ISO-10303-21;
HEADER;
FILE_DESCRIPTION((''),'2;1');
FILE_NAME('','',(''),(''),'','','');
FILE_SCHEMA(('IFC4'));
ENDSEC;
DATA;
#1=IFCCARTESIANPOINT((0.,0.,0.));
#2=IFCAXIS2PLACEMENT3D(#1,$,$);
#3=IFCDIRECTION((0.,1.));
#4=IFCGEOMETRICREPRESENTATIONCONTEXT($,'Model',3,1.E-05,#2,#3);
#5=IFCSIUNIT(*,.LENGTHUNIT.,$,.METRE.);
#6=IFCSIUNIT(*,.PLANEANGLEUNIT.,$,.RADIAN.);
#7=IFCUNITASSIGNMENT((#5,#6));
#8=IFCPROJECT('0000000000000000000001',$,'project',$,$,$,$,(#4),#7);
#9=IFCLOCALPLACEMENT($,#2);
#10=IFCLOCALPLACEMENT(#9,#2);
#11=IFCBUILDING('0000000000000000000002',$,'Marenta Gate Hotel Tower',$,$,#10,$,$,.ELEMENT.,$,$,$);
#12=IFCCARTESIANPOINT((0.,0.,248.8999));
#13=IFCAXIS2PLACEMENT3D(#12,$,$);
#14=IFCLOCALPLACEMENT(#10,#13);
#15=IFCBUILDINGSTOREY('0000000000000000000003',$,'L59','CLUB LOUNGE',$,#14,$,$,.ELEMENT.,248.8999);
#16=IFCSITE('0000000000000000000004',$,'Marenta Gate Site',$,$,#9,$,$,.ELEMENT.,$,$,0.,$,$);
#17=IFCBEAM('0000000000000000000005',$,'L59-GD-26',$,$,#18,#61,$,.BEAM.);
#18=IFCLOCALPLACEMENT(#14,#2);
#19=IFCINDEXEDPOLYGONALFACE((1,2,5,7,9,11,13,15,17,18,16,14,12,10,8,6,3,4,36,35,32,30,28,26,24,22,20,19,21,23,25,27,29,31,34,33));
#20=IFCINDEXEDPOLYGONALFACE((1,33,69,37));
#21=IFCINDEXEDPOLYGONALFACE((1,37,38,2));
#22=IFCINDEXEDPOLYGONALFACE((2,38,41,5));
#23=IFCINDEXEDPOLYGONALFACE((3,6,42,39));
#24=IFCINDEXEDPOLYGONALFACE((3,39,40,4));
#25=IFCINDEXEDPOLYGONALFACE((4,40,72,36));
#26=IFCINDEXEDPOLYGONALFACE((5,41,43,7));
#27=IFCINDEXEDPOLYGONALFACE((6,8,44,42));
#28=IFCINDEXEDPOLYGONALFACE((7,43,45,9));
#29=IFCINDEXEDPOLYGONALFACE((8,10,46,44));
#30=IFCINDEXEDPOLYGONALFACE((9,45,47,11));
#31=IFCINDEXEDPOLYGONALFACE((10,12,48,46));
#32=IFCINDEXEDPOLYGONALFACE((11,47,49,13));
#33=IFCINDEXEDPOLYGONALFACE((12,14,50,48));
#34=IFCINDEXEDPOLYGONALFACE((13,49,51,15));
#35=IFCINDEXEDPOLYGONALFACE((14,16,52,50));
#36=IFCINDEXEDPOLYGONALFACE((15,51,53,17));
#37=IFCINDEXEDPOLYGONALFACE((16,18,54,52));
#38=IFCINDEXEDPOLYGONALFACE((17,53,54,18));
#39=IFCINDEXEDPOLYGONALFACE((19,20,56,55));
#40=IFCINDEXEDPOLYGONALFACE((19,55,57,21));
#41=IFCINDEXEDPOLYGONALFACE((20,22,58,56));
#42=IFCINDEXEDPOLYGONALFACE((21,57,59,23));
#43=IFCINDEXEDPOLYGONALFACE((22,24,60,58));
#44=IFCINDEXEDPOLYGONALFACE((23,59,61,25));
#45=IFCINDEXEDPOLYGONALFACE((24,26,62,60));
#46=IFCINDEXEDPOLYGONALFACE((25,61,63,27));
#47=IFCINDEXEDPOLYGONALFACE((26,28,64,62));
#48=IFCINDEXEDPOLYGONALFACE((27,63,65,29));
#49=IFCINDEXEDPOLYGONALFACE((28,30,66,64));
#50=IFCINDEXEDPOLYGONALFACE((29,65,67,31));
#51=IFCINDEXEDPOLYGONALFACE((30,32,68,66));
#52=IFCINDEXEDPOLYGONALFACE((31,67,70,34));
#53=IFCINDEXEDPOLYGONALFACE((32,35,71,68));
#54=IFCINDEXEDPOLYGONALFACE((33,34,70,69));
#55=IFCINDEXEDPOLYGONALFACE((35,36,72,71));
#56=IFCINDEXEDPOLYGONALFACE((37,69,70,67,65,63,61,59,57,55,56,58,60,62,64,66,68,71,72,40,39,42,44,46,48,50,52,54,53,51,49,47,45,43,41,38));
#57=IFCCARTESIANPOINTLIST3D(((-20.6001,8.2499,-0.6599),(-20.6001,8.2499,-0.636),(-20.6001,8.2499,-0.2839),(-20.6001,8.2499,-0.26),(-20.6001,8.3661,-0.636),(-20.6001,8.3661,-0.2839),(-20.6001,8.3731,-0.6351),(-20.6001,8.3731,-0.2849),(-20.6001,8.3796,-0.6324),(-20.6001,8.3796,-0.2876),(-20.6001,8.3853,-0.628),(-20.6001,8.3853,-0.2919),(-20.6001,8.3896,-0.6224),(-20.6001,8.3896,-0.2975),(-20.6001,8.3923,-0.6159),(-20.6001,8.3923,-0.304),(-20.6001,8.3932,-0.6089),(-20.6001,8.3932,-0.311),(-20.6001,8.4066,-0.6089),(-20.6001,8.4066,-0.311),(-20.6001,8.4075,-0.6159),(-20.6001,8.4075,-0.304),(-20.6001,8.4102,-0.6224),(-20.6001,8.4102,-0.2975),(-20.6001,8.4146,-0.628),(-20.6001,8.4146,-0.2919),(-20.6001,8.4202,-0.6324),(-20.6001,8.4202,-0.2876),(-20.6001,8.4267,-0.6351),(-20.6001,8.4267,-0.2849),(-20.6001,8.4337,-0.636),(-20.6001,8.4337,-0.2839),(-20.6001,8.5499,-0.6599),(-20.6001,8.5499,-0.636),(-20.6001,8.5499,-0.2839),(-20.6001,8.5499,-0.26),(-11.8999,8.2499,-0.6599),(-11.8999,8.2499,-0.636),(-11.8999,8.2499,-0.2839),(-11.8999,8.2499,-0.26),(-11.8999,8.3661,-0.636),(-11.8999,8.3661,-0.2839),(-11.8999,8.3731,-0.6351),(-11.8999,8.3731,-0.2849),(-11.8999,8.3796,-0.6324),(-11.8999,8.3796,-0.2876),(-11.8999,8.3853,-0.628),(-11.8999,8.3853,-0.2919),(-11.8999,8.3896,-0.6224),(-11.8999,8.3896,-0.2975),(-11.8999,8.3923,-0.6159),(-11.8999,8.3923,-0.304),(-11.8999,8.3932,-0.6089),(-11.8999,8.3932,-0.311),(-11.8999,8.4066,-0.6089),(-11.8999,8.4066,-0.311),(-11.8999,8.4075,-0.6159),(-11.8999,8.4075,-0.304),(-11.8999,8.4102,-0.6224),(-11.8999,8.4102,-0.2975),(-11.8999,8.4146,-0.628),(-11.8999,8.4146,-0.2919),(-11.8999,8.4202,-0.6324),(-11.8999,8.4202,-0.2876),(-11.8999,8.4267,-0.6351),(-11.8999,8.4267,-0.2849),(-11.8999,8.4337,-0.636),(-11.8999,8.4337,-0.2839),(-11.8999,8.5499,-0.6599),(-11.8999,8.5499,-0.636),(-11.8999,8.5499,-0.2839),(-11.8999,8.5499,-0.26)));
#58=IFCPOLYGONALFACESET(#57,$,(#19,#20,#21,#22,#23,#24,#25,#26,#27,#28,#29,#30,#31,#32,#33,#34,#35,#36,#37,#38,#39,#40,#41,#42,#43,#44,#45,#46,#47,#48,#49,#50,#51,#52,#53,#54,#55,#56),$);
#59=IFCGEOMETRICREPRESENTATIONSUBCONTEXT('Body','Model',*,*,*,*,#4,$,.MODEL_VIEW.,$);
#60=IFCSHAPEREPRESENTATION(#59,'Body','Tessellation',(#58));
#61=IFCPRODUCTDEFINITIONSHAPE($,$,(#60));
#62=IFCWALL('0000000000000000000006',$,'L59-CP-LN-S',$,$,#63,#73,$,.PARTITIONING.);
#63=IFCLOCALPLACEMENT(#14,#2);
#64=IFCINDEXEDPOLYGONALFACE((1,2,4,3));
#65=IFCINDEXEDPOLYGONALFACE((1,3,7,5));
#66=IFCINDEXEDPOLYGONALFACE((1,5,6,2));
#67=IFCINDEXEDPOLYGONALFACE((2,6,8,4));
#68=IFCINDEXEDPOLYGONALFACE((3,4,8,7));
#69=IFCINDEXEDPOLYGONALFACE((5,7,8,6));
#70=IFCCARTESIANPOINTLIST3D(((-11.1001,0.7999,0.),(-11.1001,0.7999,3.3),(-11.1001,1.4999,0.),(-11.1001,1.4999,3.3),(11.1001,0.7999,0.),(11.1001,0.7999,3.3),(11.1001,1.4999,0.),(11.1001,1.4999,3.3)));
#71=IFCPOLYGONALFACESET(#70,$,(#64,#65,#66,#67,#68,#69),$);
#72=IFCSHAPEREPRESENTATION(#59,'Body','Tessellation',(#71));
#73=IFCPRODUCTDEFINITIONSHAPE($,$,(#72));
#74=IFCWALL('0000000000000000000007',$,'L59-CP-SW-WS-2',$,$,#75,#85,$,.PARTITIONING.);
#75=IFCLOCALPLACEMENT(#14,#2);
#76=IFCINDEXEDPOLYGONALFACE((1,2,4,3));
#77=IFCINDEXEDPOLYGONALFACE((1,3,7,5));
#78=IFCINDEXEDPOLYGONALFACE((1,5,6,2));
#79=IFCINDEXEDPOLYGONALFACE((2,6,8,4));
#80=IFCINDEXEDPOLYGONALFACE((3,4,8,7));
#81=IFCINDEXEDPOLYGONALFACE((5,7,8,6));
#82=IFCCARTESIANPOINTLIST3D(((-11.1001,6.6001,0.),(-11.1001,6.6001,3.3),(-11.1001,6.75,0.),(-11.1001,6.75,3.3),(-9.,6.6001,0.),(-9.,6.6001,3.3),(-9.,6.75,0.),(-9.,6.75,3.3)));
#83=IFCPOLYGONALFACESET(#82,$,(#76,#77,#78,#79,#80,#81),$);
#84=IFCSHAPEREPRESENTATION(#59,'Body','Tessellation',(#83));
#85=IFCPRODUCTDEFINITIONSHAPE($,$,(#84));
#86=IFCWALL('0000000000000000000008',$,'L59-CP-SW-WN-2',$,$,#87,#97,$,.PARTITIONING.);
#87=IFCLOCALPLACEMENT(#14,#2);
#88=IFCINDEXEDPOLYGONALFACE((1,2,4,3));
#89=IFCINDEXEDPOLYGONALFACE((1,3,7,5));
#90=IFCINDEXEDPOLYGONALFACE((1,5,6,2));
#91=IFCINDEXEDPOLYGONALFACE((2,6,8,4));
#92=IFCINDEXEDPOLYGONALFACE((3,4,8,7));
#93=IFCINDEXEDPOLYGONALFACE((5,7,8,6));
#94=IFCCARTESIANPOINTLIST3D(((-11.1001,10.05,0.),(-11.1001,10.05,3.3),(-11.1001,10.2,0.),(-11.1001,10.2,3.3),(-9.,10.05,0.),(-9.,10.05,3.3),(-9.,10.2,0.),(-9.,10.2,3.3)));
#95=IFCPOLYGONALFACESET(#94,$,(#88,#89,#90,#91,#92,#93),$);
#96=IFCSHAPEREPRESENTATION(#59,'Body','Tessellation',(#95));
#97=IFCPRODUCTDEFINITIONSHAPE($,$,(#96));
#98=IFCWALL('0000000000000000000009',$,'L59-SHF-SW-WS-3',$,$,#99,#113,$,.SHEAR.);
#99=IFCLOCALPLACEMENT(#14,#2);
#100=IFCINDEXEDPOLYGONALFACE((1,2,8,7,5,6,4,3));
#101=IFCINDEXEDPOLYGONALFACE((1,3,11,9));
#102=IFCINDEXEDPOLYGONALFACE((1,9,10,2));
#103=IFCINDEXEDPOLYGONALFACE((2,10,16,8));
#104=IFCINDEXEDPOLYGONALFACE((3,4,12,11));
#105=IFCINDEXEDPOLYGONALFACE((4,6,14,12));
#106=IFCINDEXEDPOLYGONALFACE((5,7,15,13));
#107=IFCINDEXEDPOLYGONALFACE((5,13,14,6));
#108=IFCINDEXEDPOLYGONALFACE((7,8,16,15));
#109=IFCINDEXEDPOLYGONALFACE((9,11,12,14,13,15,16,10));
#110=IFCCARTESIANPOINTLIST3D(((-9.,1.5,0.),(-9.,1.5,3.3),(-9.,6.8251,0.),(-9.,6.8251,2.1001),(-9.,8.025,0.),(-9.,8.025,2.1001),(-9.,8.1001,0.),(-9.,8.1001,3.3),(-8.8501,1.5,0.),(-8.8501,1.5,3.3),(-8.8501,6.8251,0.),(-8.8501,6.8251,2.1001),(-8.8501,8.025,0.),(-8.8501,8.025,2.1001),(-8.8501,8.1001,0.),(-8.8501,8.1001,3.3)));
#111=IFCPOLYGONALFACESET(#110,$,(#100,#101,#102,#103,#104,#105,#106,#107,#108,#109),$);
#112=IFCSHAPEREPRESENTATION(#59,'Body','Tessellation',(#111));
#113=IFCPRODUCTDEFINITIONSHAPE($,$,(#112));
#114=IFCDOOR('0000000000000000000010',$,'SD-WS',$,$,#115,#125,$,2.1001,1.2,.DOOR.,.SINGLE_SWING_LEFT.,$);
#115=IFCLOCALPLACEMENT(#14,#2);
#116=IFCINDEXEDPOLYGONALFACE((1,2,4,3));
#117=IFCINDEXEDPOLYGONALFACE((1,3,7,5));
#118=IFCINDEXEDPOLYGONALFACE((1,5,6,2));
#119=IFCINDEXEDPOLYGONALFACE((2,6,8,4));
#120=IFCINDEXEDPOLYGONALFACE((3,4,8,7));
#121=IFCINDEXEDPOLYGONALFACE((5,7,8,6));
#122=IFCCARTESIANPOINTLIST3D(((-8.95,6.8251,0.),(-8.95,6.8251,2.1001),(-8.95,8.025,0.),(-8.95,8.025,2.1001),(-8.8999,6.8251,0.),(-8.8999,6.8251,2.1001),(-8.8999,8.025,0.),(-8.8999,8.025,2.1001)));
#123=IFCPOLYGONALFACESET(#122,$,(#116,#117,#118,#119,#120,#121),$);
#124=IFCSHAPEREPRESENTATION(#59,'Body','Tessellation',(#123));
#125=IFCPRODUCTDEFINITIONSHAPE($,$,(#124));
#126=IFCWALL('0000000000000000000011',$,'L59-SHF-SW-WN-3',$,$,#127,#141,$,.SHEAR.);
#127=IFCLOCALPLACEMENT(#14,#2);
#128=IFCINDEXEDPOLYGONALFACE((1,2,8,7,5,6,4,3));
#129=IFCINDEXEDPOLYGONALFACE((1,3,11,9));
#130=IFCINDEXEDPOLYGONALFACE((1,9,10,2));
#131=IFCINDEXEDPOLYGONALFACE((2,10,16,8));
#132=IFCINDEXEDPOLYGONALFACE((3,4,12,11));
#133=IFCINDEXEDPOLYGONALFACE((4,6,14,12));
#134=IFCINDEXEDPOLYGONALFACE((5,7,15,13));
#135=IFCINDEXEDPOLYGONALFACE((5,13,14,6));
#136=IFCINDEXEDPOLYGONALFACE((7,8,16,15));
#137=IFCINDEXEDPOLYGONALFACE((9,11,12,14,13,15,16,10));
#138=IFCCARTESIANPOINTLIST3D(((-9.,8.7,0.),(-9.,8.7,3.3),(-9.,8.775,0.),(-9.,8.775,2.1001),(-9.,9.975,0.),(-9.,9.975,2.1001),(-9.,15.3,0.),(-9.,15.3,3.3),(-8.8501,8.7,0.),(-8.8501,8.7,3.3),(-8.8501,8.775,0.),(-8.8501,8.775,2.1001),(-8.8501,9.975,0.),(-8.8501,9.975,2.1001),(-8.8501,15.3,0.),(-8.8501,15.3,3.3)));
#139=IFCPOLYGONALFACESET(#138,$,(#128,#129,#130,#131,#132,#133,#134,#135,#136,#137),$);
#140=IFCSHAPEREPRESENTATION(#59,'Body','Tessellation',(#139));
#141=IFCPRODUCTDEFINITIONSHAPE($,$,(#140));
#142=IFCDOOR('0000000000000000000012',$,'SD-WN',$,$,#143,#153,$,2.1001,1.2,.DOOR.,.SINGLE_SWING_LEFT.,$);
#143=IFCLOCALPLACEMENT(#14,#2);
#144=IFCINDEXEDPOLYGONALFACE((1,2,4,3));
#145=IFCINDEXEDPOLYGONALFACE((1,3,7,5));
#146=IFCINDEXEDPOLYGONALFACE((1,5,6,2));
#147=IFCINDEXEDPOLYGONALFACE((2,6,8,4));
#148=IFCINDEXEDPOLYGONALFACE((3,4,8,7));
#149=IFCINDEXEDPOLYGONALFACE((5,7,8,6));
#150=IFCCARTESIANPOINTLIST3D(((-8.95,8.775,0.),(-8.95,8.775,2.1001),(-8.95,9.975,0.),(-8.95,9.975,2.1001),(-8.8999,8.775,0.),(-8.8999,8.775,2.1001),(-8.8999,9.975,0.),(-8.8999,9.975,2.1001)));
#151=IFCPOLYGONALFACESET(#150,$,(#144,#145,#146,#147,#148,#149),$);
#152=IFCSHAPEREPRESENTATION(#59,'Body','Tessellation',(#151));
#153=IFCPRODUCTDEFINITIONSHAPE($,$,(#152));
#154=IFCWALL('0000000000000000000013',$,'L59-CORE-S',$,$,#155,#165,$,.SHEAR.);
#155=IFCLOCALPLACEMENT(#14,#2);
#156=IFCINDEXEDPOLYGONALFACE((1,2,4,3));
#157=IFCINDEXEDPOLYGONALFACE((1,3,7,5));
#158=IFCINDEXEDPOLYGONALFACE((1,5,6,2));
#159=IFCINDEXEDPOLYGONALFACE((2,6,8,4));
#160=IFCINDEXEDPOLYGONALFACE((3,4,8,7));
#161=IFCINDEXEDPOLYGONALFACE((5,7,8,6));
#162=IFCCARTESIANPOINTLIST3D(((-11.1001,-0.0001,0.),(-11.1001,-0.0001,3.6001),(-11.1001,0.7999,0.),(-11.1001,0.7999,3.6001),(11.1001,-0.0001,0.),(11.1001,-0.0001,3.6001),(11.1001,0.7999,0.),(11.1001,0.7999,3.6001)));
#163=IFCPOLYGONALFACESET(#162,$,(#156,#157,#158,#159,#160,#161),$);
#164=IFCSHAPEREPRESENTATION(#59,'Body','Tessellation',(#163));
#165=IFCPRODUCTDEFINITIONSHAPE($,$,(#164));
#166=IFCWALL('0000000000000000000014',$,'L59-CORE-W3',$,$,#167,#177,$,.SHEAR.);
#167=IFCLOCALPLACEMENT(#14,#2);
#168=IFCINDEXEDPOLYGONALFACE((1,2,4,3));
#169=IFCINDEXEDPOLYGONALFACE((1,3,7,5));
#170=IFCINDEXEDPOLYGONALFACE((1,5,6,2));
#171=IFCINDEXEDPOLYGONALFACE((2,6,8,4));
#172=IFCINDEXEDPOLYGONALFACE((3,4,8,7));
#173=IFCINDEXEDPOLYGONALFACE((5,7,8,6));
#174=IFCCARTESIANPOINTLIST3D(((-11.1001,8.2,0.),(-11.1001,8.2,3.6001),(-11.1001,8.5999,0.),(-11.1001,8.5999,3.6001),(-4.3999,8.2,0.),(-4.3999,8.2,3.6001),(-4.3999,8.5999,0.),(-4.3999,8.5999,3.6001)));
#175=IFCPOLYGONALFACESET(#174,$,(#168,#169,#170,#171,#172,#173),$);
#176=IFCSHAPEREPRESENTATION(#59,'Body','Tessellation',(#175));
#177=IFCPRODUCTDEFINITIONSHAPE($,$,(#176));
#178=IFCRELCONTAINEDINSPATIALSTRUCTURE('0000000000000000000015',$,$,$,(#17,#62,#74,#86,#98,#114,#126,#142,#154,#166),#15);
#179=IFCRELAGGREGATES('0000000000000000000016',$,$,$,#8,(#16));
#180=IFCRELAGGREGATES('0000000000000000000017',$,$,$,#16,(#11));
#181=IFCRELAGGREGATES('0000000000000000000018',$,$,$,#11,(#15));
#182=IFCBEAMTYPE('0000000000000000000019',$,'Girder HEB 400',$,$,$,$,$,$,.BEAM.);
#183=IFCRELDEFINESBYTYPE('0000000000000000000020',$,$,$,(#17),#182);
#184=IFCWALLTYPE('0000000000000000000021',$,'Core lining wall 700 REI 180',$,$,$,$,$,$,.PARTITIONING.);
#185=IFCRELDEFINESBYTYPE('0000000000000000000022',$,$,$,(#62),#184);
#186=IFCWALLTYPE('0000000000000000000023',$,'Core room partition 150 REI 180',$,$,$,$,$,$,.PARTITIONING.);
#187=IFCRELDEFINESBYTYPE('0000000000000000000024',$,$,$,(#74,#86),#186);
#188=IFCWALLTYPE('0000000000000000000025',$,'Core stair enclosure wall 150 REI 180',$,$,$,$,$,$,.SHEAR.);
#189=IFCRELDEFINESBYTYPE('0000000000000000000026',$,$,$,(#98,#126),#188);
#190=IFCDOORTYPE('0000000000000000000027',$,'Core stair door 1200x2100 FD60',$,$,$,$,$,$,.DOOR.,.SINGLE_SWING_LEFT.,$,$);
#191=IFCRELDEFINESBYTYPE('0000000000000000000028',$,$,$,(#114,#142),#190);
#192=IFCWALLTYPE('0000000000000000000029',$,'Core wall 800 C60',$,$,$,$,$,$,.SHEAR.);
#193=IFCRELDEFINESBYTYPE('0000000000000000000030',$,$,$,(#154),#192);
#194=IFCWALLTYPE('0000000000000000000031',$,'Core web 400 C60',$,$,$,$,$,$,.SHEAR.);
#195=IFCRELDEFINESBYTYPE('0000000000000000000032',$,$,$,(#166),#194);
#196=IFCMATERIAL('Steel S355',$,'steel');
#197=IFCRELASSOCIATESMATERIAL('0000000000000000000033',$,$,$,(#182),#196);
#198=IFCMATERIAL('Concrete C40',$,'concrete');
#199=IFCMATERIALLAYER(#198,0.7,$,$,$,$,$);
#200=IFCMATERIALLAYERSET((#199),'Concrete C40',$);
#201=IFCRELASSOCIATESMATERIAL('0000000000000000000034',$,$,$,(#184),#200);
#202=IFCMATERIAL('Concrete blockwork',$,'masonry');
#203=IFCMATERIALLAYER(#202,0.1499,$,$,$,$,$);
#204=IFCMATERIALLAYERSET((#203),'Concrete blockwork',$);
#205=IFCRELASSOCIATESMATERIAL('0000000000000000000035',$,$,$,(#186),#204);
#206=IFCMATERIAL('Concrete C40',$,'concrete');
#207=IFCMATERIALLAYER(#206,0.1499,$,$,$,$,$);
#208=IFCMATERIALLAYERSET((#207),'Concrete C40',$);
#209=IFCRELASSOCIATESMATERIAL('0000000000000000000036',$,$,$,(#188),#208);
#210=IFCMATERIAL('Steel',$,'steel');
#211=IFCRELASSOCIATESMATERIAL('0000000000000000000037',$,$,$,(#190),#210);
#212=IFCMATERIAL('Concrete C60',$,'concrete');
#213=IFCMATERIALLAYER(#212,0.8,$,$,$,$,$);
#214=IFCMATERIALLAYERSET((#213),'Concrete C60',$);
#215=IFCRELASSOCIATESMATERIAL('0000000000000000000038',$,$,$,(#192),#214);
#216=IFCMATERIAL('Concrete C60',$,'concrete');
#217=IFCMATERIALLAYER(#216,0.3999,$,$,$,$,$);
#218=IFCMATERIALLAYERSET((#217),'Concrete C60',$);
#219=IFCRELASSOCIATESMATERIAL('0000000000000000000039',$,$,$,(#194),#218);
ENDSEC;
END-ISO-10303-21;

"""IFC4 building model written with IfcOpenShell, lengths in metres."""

from ifc_helpers import new_model, si_unit, direction, frame, frame_2d, origin, origin_2d, place, context, subcontext, project, spatial, rectangle, i_section, extrude, material, layer, layer_set, material_profile, profile_set, type_object, element, fill, save


model = new_model("IFC4")

# Units and contexts
model_context = context("Model", 3, precision=1e-05, world=origin(), true_north=direction((0.0, 1.0)))
body_context = subcontext(model_context, "Body", "Model", "MODEL_VIEW")
ifc_project = project(units=[si_unit("LENGTHUNIT", "METRE"), si_unit("PLANEANGLEUNIT", "RADIAN")], contexts=[model_context])

# Site, building, storey
site_placement = place(None, origin())
site = spatial("IfcSite", under=ifc_project, at=site_placement, Name="Marenta Gate Site", CompositionType="ELEMENT", RefElevation=0.0)
building_placement = place(site_placement, origin())
building = spatial("IfcBuilding", under=site, at=building_placement, Name="Marenta Gate Hotel Tower", CompositionType="ELEMENT")
storey_placement = place(building_placement, frame((0.0, 0.0, 248.8999)))
storey = spatial("IfcBuildingStorey", under=building, at=storey_placement, Name="L59", Description="CLUB LOUNGE", CompositionType="ELEMENT", Elevation=248.8999)

# Beam
ifc_material_1 = material(Name="Steel S355", Category="steel")
ifc_material_profile = material_profile(ifc_material_1, i_section(OverallWidth=0.3, OverallDepth=0.3999, WebThickness=0.0134, FlangeThickness=0.0239, FilletRadius=0.0271, at=origin_2d()), Name="HEB 400")
ifc_profile_set = profile_set([ifc_material_profile], Name="Steel S355")
beam_type = type_object("IfcBeamType", Name="Girder HEB 400", PredefinedType="BEAM", material=ifc_profile_set)
beam_placement = place(storey_placement, frame((-20.6001, 8.3999, -0.46), z_axis=(1.0, 0.0, 0.0), x_axis=(0.0, 1.0, 0.0)))
element("IfcBeam", 1, at=beam_placement, inside=storey, type_object=beam_type, Name="L59-GD-26", PredefinedType="BEAM", context=body_context, shape_type="SweptSolid", body=[
    extrude(i_section(OverallWidth=0.3, OverallDepth=0.3999, WebThickness=0.0134, FlangeThickness=0.0239, FilletRadius=0.0271, at=origin_2d()), origin(), (0.0, 0.0, 1.0), 8.7002),
])

# Walls
ifc_material_2 = material(Name="Concrete C40", Category="concrete")
ifc_layer_1 = layer(ifc_material_2, 0.7)
ifc_layer_set_1 = layer_set([ifc_layer_1], Name="Concrete C40")
wall_type_1 = type_object("IfcWallType", Name="Core lining wall 700 REI 180", PredefinedType="PARTITIONING", material=ifc_layer_set_1)
wall_1_placement = place(storey_placement, frame((-11.1001, 1.1499, 0.0), z_axis=(0.0, 0.0, 1.0), x_axis=(1.0, 0.0, 0.0)))
element("IfcWall", 2, at=wall_1_placement, inside=storey, type_object=wall_type_1, Name="L59-CP-LN-S", PredefinedType="PARTITIONING", context=body_context, shape_type="SweptSolid", body=[
    extrude(rectangle(XDim=22.2002, YDim=0.7, at=frame_2d((11.1001, 0.0))), origin(), (0.0, 0.0, 1.0), 3.3),
])
ifc_material_3 = material(Name="Concrete blockwork", Category="masonry")
ifc_layer_2 = layer(ifc_material_3, 0.1499)
ifc_layer_set_2 = layer_set([ifc_layer_2], Name="Concrete blockwork")
wall_type_2 = type_object("IfcWallType", Name="Core room partition 150 REI 180", PredefinedType="PARTITIONING", material=ifc_layer_set_2)
for number, where, z_axis, x_axis, name in (
    (3, (-11.1001, 6.675, 0.0), (0.0, 0.0, 1.0), (1.0, 0.0, 0.0), "L59-CP-SW-WS-2"),
    (4, (-11.1001, 10.125, 0.0), (0.0, 0.0, 1.0), (1.0, 0.0, 0.0), "L59-CP-SW-WN-2"),
):
    element("IfcWall", number, at=place(storey_placement, frame(where, z_axis=z_axis, x_axis=x_axis)), inside=storey, type_object=wall_type_2, Name=name, PredefinedType="PARTITIONING", context=body_context, shape_type="SweptSolid", body=[
        extrude(rectangle(XDim=2.1001, YDim=0.1499, at=frame_2d((1.05, 0.0))), origin(), (0.0, 0.0, 1.0), 3.3),
    ])

# Walls, openings, doors
ifc_material_4 = material(Name="Concrete C40", Category="concrete")
ifc_layer_3 = layer(ifc_material_4, 0.1499)
ifc_layer_set_3 = layer_set([ifc_layer_3], Name="Concrete C40")
wall_type_3 = type_object("IfcWallType", Name="Core stair enclosure wall 150 REI 180", PredefinedType="SHEAR", material=ifc_layer_set_3)
wall_2_placement = place(storey_placement, frame((-8.925, 1.5, 0.0), z_axis=(0.0, 0.0, 1.0), x_axis=(0.0, 1.0, 0.0)))
wall_2 = element("IfcWall", 5, at=wall_2_placement, inside=storey, type_object=wall_type_3, Name="L59-SHF-SW-WS-3", PredefinedType="SHEAR", context=body_context, shape_type="SweptSolid", body=[
    extrude(rectangle(XDim=6.6001, YDim=0.1499, at=frame_2d((3.3, 0.0))), origin(), (0.0, 0.0, 1.0), 3.3),
])
opening_1_placement = place(wall_2_placement, frame((5.325, 0.0, 0.0)))
opening_1 = element("IfcOpeningElement", 6, at=opening_1_placement, cuts=wall_2, PredefinedType="OPENING", context=body_context, shape_type="SweptSolid", body=[
    extrude(rectangle(XDim=1.2, YDim=2.1001, at=frame_2d((0.6001, 1.05))), frame((0.0, 0.075, 0.0), z_axis=(0.0, -1.0, 0.0), x_axis=(1.0, 0.0, 0.0)), (0.0, 0.0, 1.0), 0.1499),
])
ifc_material_5 = material(Name="Steel", Category="steel")
door_type = type_object("IfcDoorType", Name="Core stair door 1200x2100 FD60", OperationType="SINGLE_SWING_LEFT", PredefinedType="DOOR", material=ifc_material_5)
door_1_placement = place(opening_1_placement, origin())
door_1 = element("IfcDoor", 7, at=door_1_placement, inside=storey, type_object=door_type, Name="SD-WS", OperationType="SINGLE_SWING_LEFT", OverallHeight=2.1001, OverallWidth=1.2, PredefinedType="DOOR", context=body_context, shape_type="SweptSolid", body=[
    extrude(rectangle(XDim=1.2, YDim=2.1001, at=frame_2d((0.6001, 1.05))), frame((0.0, 0.0249, 0.0), z_axis=(0.0, -1.0, 0.0), x_axis=(1.0, 0.0, 0.0)), (0.0, 0.0, 1.0), 0.05),
])
fill(opening_1, door_1)
wall_3_placement = place(storey_placement, frame((-8.925, 8.7, 0.0), z_axis=(0.0, 0.0, 1.0), x_axis=(0.0, 1.0, 0.0)))
wall_3 = element("IfcWall", 8, at=wall_3_placement, inside=storey, type_object=wall_type_3, Name="L59-SHF-SW-WN-3", PredefinedType="SHEAR", context=body_context, shape_type="SweptSolid", body=[
    extrude(rectangle(XDim=6.6001, YDim=0.1499, at=frame_2d((3.3, 0.0))), origin(), (0.0, 0.0, 1.0), 3.3),
])
opening_2_placement = place(wall_3_placement, frame((0.075, 0.0, 0.0)))
opening_2 = element("IfcOpeningElement", 9, at=opening_2_placement, cuts=wall_3, PredefinedType="OPENING", context=body_context, shape_type="SweptSolid", body=[
    extrude(rectangle(XDim=1.2, YDim=2.1001, at=frame_2d((0.6001, 1.05))), frame((0.0, 0.075, 0.0), z_axis=(0.0, -1.0, 0.0), x_axis=(1.0, 0.0, 0.0)), (0.0, 0.0, 1.0), 0.1499),
])
door_2_placement = place(opening_2_placement, origin())
door_2 = element("IfcDoor", 10, at=door_2_placement, inside=storey, type_object=door_type, Name="SD-WN", OperationType="SINGLE_SWING_LEFT", OverallHeight=2.1001, OverallWidth=1.2, PredefinedType="DOOR", context=body_context, shape_type="SweptSolid", body=[
    extrude(rectangle(XDim=1.2, YDim=2.1001, at=frame_2d((0.6001, 1.05))), frame((0.0, 0.0249, 0.0), z_axis=(0.0, -1.0, 0.0), x_axis=(1.0, 0.0, 0.0)), (0.0, 0.0, 1.0), 0.05),
])
fill(opening_2, door_2)

# Walls
ifc_material_6 = material(Name="Concrete C60", Category="concrete")
ifc_layer_4 = layer(ifc_material_6, 0.8)
ifc_layer_set_4 = layer_set([ifc_layer_4], Name="Concrete C60")
wall_type_4 = type_object("IfcWallType", Name="Core wall 800 C60", PredefinedType="SHEAR", material=ifc_layer_set_4)
wall_4_placement = place(storey_placement, frame((-11.1001, 0.3999, 0.0), z_axis=(0.0, 0.0, 1.0), x_axis=(1.0, 0.0, 0.0)))
element("IfcWall", 11, at=wall_4_placement, inside=storey, type_object=wall_type_4, Name="L59-CORE-S", PredefinedType="SHEAR", context=body_context, shape_type="SweptSolid", body=[
    extrude(rectangle(XDim=22.2002, YDim=0.8, at=frame_2d((11.1001, 0.0))), origin(), (0.0, 0.0, 1.0), 3.6001),
])
ifc_material_7 = material(Name="Concrete C60", Category="concrete")
ifc_layer_5 = layer(ifc_material_7, 0.3999)
ifc_layer_set_5 = layer_set([ifc_layer_5], Name="Concrete C60")
wall_type_5 = type_object("IfcWallType", Name="Core web 400 C60", PredefinedType="SHEAR", material=ifc_layer_set_5)
wall_5_placement = place(storey_placement, frame((-11.1001, 8.3999, 0.0), z_axis=(0.0, 0.0, 1.0), x_axis=(1.0, 0.0, 0.0)))
element("IfcWall", 12, at=wall_5_placement, inside=storey, type_object=wall_type_5, Name="L59-CORE-W3", PredefinedType="SHEAR", context=body_context, shape_type="SweptSolid", body=[
    extrude(rectangle(XDim=6.7002, YDim=0.3999, at=frame_2d((3.3501, 0.0))), origin(), (0.0, 0.0, 1.0), 3.6001),
])

save(model, "model.ifc")
